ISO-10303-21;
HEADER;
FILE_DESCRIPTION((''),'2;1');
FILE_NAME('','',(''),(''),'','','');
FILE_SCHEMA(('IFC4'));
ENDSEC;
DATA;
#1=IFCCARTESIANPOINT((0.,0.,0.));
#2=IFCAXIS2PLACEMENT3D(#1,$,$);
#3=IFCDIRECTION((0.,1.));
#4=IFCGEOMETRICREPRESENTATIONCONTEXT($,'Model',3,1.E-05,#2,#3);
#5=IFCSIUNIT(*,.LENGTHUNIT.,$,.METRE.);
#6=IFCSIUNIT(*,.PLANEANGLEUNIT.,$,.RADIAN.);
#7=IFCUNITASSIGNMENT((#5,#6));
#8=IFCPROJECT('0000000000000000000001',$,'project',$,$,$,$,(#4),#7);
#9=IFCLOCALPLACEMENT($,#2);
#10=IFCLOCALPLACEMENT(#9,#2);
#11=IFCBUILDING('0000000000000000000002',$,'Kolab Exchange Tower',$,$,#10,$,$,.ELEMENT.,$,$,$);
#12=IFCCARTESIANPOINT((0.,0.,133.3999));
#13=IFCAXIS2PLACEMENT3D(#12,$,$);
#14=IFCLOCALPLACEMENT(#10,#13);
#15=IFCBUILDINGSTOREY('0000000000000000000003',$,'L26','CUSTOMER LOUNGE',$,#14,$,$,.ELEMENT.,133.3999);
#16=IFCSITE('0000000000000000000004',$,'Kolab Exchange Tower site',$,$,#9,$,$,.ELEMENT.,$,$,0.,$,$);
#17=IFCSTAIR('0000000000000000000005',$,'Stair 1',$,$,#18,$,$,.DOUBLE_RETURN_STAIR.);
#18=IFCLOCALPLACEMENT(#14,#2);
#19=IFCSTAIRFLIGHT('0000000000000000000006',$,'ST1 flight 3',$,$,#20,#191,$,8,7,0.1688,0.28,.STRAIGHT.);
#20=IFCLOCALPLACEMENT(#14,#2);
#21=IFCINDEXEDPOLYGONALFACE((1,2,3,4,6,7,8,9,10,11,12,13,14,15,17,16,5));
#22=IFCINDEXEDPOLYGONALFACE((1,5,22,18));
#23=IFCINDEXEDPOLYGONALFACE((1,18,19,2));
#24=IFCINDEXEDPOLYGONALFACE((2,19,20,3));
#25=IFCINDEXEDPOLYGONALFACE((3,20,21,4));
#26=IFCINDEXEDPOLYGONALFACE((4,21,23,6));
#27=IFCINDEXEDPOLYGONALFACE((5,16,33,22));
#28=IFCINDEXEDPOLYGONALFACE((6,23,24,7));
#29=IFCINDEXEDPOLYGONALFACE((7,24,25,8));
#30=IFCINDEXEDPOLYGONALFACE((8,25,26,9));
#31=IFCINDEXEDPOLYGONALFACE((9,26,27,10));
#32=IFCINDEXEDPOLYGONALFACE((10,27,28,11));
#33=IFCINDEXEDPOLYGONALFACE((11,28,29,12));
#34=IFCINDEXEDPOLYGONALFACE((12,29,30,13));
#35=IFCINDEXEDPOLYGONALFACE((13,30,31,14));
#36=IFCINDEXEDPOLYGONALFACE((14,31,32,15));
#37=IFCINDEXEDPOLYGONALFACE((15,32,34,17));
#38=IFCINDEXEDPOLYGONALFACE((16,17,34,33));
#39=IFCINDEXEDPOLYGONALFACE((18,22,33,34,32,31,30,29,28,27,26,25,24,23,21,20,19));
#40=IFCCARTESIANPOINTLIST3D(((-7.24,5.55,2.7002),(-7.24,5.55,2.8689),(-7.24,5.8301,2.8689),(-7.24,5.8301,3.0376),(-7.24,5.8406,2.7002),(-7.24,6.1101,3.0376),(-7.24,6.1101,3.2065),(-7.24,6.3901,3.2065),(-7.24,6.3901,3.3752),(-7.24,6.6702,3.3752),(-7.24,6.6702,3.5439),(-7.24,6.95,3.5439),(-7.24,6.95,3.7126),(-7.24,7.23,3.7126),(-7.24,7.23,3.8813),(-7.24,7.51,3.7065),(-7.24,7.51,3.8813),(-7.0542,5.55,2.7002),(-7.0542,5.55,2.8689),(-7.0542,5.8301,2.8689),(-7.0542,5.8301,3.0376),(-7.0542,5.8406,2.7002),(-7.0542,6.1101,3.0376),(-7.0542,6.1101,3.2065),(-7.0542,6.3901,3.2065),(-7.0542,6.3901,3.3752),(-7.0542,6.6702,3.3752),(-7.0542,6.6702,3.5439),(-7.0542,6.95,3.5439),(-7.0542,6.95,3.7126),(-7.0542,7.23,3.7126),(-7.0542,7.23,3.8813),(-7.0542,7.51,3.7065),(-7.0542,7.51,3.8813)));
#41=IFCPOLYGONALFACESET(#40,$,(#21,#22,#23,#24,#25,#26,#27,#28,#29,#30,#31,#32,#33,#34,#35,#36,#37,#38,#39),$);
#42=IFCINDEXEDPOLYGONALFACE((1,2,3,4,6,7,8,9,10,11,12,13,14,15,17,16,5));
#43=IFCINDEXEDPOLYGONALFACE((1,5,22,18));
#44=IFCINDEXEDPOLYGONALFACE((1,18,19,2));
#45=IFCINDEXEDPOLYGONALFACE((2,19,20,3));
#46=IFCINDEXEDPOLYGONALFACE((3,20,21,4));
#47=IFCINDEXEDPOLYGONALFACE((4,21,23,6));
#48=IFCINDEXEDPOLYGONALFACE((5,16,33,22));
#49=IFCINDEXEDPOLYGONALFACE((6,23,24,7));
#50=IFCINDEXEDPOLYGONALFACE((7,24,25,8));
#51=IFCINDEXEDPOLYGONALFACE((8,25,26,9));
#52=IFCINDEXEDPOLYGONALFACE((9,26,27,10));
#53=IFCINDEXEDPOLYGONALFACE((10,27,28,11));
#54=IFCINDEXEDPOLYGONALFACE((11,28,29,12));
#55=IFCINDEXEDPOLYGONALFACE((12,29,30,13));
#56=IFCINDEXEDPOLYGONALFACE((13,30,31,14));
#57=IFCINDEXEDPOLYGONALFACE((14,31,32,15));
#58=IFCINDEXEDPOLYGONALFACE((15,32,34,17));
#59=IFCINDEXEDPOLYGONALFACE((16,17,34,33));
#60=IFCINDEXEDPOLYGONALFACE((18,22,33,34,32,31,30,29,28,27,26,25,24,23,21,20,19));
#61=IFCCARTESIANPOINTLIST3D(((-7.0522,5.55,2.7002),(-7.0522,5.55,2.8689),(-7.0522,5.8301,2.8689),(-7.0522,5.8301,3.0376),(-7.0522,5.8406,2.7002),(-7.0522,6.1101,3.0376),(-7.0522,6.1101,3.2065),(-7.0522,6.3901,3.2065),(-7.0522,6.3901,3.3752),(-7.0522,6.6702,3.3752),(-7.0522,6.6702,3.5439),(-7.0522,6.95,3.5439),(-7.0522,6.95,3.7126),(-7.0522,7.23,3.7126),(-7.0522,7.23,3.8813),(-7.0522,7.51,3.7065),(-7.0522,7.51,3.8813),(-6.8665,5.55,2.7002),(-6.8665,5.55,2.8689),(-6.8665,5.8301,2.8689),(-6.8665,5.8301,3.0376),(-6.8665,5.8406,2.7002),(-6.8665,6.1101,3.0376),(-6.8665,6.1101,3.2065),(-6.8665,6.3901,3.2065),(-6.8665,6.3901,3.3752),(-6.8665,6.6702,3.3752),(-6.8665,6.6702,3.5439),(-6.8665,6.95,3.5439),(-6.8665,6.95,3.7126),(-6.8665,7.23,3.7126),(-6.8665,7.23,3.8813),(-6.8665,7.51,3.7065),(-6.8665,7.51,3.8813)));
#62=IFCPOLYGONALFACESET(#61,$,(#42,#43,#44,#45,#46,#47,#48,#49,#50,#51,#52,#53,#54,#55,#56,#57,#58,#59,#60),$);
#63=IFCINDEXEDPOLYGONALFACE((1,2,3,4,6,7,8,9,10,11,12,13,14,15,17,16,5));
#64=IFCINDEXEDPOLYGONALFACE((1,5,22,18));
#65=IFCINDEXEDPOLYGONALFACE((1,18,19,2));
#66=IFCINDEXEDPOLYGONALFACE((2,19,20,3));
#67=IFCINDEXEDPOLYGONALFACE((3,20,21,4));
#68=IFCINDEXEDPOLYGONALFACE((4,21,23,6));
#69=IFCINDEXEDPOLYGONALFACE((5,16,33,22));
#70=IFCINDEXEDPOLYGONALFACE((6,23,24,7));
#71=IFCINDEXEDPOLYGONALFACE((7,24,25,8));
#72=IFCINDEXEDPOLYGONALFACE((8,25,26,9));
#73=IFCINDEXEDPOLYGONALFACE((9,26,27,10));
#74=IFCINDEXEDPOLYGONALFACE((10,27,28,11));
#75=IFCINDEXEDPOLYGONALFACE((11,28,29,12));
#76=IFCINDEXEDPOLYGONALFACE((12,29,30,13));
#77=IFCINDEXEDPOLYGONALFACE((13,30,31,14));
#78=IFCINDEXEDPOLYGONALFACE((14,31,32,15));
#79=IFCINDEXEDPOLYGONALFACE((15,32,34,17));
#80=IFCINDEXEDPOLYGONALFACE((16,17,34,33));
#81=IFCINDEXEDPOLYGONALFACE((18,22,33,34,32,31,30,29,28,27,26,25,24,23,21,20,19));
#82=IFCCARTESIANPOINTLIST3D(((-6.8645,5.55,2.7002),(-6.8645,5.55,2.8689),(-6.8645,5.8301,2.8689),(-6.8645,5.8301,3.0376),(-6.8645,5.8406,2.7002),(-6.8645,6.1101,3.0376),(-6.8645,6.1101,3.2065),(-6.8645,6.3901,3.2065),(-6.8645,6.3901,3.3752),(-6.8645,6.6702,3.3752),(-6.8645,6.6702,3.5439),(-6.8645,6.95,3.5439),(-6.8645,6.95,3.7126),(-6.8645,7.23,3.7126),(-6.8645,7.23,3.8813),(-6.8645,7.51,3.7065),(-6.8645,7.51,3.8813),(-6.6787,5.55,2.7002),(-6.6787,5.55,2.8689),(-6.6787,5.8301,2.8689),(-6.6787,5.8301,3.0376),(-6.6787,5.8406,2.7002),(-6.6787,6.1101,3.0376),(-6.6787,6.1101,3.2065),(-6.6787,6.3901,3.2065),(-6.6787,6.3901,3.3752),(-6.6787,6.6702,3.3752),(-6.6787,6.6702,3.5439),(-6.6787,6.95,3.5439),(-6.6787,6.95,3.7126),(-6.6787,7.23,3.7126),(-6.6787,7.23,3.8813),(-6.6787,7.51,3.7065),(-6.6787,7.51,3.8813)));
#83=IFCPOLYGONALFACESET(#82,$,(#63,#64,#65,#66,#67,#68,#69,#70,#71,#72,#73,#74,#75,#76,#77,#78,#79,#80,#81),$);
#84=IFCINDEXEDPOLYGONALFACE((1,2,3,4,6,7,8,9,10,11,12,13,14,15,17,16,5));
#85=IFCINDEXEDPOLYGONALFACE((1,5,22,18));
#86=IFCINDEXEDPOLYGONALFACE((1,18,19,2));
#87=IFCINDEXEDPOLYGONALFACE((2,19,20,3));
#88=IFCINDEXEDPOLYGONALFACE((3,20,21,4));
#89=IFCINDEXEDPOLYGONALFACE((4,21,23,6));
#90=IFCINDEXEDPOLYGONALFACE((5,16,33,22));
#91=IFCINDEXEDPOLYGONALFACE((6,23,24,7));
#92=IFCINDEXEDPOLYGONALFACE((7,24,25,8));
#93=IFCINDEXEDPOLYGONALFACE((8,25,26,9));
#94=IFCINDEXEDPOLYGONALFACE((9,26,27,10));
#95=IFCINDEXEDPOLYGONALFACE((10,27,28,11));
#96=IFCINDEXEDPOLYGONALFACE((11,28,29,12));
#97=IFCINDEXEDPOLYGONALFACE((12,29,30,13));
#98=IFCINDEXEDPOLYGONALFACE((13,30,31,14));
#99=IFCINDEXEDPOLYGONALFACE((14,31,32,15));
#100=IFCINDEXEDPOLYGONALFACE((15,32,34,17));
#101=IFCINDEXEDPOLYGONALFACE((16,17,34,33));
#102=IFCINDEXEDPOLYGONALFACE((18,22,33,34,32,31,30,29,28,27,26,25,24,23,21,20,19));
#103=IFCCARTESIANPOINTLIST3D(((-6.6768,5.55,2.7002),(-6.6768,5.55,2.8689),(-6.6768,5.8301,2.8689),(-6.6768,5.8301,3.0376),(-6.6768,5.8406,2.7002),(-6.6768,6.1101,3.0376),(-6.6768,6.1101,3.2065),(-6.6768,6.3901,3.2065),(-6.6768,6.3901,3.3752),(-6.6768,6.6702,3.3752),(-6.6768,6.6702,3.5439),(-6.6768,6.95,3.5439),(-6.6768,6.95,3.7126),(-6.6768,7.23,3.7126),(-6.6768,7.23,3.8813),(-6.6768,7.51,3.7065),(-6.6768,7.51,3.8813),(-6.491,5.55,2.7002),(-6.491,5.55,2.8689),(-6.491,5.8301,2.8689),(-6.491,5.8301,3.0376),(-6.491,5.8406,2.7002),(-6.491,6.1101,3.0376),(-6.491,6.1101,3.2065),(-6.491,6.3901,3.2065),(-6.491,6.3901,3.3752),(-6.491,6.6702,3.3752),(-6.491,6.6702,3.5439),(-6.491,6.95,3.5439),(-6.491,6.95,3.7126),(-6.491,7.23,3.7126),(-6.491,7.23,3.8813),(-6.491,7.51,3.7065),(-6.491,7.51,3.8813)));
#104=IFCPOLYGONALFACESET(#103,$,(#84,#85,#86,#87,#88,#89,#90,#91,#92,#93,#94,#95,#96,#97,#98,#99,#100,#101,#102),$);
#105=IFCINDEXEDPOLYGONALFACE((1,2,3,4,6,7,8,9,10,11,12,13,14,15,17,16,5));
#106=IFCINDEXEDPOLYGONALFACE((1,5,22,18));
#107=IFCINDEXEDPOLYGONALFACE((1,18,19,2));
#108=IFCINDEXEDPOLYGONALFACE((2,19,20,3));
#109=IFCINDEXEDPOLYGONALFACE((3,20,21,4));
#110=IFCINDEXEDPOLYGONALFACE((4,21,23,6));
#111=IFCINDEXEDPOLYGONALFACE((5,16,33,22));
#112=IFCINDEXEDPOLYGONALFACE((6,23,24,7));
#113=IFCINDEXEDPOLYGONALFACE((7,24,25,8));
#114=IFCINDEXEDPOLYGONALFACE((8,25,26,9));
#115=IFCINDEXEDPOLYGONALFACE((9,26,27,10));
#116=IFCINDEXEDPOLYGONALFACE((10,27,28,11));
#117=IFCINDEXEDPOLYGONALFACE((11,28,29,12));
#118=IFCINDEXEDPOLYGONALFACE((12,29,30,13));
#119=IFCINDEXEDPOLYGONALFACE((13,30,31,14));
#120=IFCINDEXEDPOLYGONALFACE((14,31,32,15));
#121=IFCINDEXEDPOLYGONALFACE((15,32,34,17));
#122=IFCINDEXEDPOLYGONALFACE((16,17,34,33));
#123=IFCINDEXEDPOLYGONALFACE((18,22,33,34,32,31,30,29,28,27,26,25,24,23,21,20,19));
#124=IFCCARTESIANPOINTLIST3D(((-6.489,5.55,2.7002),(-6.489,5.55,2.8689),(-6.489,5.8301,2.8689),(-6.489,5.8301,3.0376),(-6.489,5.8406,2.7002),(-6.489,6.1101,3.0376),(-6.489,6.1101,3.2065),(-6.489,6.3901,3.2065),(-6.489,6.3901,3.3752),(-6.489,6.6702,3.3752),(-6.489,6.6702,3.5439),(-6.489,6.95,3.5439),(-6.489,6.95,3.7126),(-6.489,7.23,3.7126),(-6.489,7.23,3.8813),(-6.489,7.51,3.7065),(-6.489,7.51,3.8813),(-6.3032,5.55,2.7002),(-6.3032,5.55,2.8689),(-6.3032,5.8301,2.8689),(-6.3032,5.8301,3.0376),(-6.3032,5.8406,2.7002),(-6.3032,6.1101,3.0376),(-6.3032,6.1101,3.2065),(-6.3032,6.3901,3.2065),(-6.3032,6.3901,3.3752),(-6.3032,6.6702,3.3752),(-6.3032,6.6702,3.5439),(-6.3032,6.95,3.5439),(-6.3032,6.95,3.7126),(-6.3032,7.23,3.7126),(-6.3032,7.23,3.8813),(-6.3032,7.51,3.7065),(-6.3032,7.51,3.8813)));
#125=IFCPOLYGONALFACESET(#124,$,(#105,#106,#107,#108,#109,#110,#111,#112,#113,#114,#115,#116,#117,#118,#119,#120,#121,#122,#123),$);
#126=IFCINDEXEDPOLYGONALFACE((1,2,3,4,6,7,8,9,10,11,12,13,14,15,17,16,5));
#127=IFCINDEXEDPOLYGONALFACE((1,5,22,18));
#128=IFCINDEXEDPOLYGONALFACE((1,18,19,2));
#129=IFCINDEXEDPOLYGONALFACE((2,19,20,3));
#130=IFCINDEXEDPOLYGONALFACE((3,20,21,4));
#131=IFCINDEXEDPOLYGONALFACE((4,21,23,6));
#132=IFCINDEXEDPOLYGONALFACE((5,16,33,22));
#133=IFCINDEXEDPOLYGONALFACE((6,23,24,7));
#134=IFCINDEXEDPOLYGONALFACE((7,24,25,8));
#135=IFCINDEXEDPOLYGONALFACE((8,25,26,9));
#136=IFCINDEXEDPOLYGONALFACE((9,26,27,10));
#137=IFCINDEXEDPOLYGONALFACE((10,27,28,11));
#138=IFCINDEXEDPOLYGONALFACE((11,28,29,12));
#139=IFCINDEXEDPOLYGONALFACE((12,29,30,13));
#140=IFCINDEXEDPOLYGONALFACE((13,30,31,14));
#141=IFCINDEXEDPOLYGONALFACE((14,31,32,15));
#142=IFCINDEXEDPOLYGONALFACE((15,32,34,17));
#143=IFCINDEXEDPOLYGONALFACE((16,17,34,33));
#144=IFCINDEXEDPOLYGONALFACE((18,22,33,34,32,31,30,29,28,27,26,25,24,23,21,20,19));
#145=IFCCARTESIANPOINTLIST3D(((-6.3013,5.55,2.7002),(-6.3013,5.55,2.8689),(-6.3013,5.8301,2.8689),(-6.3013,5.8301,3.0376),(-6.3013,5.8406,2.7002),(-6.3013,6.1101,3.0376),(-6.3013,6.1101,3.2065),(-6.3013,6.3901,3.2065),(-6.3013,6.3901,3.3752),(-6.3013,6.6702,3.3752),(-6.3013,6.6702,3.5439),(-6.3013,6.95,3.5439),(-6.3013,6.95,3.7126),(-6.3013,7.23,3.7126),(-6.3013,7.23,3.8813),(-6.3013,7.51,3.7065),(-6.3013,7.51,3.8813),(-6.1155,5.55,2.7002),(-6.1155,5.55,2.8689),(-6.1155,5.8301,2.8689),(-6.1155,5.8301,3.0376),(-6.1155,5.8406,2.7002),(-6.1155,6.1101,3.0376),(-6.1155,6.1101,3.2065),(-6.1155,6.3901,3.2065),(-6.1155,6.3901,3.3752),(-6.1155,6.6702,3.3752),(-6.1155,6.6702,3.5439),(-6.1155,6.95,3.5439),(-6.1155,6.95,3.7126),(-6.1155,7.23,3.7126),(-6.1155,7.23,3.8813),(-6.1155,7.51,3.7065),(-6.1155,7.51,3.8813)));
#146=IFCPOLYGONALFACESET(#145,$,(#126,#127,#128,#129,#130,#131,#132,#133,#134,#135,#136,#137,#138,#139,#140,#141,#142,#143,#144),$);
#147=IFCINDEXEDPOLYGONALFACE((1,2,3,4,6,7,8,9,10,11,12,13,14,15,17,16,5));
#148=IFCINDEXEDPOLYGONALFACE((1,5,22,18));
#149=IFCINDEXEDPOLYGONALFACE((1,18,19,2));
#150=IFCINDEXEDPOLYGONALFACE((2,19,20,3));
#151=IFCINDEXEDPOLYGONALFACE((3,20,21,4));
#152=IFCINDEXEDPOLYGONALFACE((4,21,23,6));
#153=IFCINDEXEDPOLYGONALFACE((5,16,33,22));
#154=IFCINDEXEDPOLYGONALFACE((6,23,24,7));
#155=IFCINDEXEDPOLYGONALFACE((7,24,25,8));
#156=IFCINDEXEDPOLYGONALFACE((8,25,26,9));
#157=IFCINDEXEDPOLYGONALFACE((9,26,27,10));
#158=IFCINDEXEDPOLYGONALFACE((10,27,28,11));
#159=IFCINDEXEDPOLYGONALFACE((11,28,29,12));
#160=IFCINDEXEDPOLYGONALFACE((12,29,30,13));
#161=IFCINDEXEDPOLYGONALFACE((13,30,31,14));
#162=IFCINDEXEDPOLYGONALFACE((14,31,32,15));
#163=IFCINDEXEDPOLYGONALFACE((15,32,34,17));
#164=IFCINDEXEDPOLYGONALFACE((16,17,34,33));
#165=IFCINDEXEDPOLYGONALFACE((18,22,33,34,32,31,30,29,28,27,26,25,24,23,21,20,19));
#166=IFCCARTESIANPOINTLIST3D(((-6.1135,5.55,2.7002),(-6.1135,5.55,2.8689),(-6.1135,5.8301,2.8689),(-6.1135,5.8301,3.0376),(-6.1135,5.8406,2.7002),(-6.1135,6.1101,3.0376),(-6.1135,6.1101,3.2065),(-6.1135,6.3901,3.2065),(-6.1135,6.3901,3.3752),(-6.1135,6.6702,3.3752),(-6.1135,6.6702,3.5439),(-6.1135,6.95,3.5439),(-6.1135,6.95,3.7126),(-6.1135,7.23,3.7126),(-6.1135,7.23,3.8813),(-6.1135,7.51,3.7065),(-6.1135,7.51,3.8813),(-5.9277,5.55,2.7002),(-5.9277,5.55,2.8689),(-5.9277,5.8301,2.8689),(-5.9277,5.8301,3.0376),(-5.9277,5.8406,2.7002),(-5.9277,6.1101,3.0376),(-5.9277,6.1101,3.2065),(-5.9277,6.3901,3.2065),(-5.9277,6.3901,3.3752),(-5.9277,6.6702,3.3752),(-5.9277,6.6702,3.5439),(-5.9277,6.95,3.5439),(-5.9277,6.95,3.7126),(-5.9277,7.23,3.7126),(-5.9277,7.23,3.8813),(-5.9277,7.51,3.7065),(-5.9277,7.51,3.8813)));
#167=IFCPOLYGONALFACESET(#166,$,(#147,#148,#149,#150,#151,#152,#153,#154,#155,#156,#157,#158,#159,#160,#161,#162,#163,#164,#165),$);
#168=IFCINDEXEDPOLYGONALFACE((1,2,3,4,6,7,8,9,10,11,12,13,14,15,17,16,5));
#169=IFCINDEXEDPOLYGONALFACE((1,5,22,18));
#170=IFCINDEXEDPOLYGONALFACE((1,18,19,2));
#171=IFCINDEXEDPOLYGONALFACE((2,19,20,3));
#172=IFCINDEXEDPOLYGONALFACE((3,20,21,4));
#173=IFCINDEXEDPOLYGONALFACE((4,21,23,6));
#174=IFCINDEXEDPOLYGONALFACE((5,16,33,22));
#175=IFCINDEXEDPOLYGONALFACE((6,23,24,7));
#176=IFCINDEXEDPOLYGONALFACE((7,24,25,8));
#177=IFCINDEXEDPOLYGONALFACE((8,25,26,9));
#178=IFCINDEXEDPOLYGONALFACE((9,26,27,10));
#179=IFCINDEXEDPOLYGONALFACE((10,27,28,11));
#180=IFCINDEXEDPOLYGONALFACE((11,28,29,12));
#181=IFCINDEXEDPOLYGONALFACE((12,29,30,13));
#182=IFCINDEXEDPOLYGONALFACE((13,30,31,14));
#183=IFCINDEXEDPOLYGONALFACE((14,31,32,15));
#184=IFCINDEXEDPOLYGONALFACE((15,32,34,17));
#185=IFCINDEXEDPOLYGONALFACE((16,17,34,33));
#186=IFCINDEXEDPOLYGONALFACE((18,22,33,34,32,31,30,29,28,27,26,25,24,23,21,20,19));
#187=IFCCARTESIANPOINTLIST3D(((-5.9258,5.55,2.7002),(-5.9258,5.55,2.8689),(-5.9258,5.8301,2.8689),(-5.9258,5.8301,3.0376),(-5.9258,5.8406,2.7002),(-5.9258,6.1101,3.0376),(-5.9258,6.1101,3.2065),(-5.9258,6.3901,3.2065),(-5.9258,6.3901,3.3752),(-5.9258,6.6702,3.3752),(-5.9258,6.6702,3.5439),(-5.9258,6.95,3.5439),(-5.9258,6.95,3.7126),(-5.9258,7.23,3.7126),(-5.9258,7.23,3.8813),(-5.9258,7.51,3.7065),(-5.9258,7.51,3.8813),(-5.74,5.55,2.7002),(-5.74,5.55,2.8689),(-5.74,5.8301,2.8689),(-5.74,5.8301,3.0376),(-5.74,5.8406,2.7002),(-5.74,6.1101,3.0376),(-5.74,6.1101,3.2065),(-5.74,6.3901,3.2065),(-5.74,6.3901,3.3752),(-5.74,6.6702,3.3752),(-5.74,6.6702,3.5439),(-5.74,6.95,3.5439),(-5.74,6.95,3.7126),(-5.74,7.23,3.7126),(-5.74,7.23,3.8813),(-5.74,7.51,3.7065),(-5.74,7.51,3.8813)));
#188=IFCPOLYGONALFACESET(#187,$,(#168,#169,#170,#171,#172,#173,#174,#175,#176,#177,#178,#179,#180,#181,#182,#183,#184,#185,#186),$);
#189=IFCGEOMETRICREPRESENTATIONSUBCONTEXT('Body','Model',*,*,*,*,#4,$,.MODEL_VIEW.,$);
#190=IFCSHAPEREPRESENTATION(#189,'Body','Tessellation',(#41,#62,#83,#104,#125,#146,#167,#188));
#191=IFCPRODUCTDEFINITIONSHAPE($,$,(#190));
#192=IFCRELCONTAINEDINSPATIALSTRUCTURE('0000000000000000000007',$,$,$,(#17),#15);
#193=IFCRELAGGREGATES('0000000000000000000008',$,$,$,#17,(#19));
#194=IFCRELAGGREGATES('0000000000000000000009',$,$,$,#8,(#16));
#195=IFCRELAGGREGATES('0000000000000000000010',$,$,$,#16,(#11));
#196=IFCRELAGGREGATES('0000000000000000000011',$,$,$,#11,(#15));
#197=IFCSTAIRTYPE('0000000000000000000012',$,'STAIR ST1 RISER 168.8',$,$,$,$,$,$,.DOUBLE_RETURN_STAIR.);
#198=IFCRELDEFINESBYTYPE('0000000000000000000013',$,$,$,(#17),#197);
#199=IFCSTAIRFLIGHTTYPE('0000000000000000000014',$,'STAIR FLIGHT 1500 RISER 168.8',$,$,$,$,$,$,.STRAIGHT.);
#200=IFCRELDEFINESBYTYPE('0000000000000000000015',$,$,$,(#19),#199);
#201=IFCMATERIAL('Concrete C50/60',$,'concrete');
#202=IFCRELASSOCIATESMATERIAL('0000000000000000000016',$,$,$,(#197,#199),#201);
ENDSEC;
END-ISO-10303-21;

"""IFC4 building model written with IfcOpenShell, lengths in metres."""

from ifc_helpers import new_model, si_unit, direction, frame, origin, place, context, subcontext, project, spatial, polyline, outline, extrude, material, type_object, element, aggregate, save


model = new_model("IFC4")

# Units and contexts
model_context = context("Model", 3, precision=1e-05, world=origin(), true_north=direction((0.0, 1.0)))
body_context = subcontext(model_context, "Body", "Model", "MODEL_VIEW")
ifc_project = project(units=[si_unit("LENGTHUNIT", "METRE"), si_unit("PLANEANGLEUNIT", "RADIAN")], contexts=[model_context])

# Site, building, storey
site_placement = place(None, origin())
site = spatial("IfcSite", under=ifc_project, at=site_placement, Name="Kolab Exchange Tower site", CompositionType="ELEMENT", RefElevation=0.0)
building_placement = place(site_placement, origin())
building = spatial("IfcBuilding", under=site, at=building_placement, Name="Kolab Exchange Tower", CompositionType="ELEMENT")
storey_placement = place(building_placement, frame((0.0, 0.0, 133.3999)))
storey = spatial("IfcBuildingStorey", under=building, at=storey_placement, Name="L26", Description="CUSTOMER LOUNGE", CompositionType="ELEMENT", Elevation=133.3999)

# Shared definitions
ifc_material_1 = material(Name="Concrete C50/60", Category="concrete")

# Stair, stair flight
stair_type = type_object("IfcStairType", Name="STAIR ST1 RISER 168.8", PredefinedType="DOUBLE_RETURN_STAIR", material=ifc_material_1)
stair_placement = place(storey_placement, origin())
stair = element("IfcStair", 1, at=stair_placement, inside=storey, type_object=stair_type, Name="Stair 1", PredefinedType="DOUBLE_RETURN_STAIR")
stair_flight_type = type_object("IfcStairFlightType", Name="STAIR FLIGHT 1500 RISER 168.8", PredefinedType="STRAIGHT", material=ifc_material_1)
stair_flight_1_placement = place(storey_placement, frame((-6.49, 5.55, 2.7002), z_axis=(0.0, 0.0, 1.0), x_axis=(0.0, 1.0, 0.0)))
stair_flight_1 = element("IfcStairFlight", 2, at=stair_flight_1_placement, type_object=stair_flight_type, Name="ST1 flight 3", NumberOfRisers=8, NumberOfTreads=7, PredefinedType="STRAIGHT", RiserHeight=0.1688, TreadLength=0.28, context=body_context, shape_type="SweptSolid", body=[
    extrude(outline(polyline([(0.0, 0.0), (0.0, 0.1687), (0.28, 0.1687), (0.28, 0.3374), (0.5601, 0.3374), (0.5601, 0.5063), (0.8401, 0.5063), (0.8401, 0.675), (1.1201, 0.675), (1.1201, 0.8438), (1.3999, 0.8438), (1.3999, 1.0125), (1.6799, 1.0125), (1.6799, 1.1812), (1.96, 1.1812), (1.96, 1.3501), (1.96, 1.0063), (0.2905, 0.0), (0.0, 0.0)])), frame((0.0, 0.75, 0.0), z_axis=(0.0, -1.0, 0.0), x_axis=(1.0, 0.0, 0.0)), (0.0, 0.0, 1.0), 0.1858),
    extrude(outline(polyline([(0.0, 0.0), (0.0, 0.1687), (0.28, 0.1687), (0.28, 0.3374), (0.5601, 0.3374), (0.5601, 0.5063), (0.8401, 0.5063), (0.8401, 0.675), (1.1201, 0.675), (1.1201, 0.8438), (1.3999, 0.8438), (1.3999, 1.0125), (1.6799, 1.0125), (1.6799, 1.1812), (1.96, 1.1812), (1.96, 1.3501), (1.96, 1.0063), (0.2905, 0.0), (0.0, 0.0)])), frame((0.0, 0.5623, 0.0), z_axis=(0.0, -1.0, 0.0), x_axis=(1.0, 0.0, 0.0)), (0.0, 0.0, 1.0), 0.1858),
    extrude(outline(polyline([(0.0, 0.0), (0.0, 0.1687), (0.28, 0.1687), (0.28, 0.3374), (0.5601, 0.3374), (0.5601, 0.5063), (0.8401, 0.5063), (0.8401, 0.675), (1.1201, 0.675), (1.1201, 0.8438), (1.3999, 0.8438), (1.3999, 1.0125), (1.6799, 1.0125), (1.6799, 1.1812), (1.96, 1.1812), (1.96, 1.3501), (1.96, 1.0063), (0.2905, 0.0), (0.0, 0.0)])), frame((0.0, 0.3745, 0.0), z_axis=(0.0, -1.0, 0.0), x_axis=(1.0, 0.0, 0.0)), (0.0, 0.0, 1.0), 0.1858),
    extrude(outline(polyline([(0.0, 0.0), (0.0, 0.1687), (0.28, 0.1687), (0.28, 0.3374), (0.5601, 0.3374), (0.5601, 0.5063), (0.8401, 0.5063), (0.8401, 0.675), (1.1201, 0.675), (1.1201, 0.8438), (1.3999, 0.8438), (1.3999, 1.0125), (1.6799, 1.0125), (1.6799, 1.1812), (1.96, 1.1812), (1.96, 1.3501), (1.96, 1.0063), (0.2905, 0.0), (0.0, 0.0)])), frame((0.0, 0.1868, 0.0), z_axis=(0.0, -1.0, 0.0), x_axis=(1.0, 0.0, 0.0)), (0.0, 0.0, 1.0), 0.1858),
    extrude(outline(polyline([(0.0, 0.0), (0.0, 0.1687), (0.28, 0.1687), (0.28, 0.3374), (0.5601, 0.3374), (0.5601, 0.5063), (0.8401, 0.5063), (0.8401, 0.675), (1.1201, 0.675), (1.1201, 0.8438), (1.3999, 0.8438), (1.3999, 1.0125), (1.6799, 1.0125), (1.6799, 1.1812), (1.96, 1.1812), (1.96, 1.3501), (1.96, 1.0063), (0.2905, 0.0), (0.0, 0.0)])), frame((0.0, -0.001, 0.0), z_axis=(0.0, -1.0, 0.0), x_axis=(1.0, 0.0, 0.0)), (0.0, 0.0, 1.0), 0.1858),
    extrude(outline(polyline([(0.0, 0.0), (0.0, 0.1687), (0.28, 0.1687), (0.28, 0.3374), (0.5601, 0.3374), (0.5601, 0.5063), (0.8401, 0.5063), (0.8401, 0.675), (1.1201, 0.675), (1.1201, 0.8438), (1.3999, 0.8438), (1.3999, 1.0125), (1.6799, 1.0125), (1.6799, 1.1812), (1.96, 1.1812), (1.96, 1.3501), (1.96, 1.0063), (0.2905, 0.0), (0.0, 0.0)])), frame((0.0, -0.1887, 0.0), z_axis=(0.0, -1.0, 0.0), x_axis=(1.0, 0.0, 0.0)), (0.0, 0.0, 1.0), 0.1858),
    extrude(outline(polyline([(0.0, 0.0), (0.0, 0.1687), (0.28, 0.1687), (0.28, 0.3374), (0.5601, 0.3374), (0.5601, 0.5063), (0.8401, 0.5063), (0.8401, 0.675), (1.1201, 0.675), (1.1201, 0.8438), (1.3999, 0.8438), (1.3999, 1.0125), (1.6799, 1.0125), (1.6799, 1.1812), (1.96, 1.1812), (1.96, 1.3501), (1.96, 1.0063), (0.2905, 0.0), (0.0, 0.0)])), frame((0.0, -0.3765, 0.0), z_axis=(0.0, -1.0, 0.0), x_axis=(1.0, 0.0, 0.0)), (0.0, 0.0, 1.0), 0.1858),
    extrude(outline(polyline([(0.0, 0.0), (0.0, 0.1687), (0.28, 0.1687), (0.28, 0.3374), (0.5601, 0.3374), (0.5601, 0.5063), (0.8401, 0.5063), (0.8401, 0.675), (1.1201, 0.675), (1.1201, 0.8438), (1.3999, 0.8438), (1.3999, 1.0125), (1.6799, 1.0125), (1.6799, 1.1812), (1.96, 1.1812), (1.96, 1.3501), (1.96, 1.0063), (0.2905, 0.0), (0.0, 0.0)])), frame((0.0, -0.5642, 0.0), z_axis=(0.0, -1.0, 0.0), x_axis=(1.0, 0.0, 0.0)), (0.0, 0.0, 1.0), 0.1858),
])
aggregate(stair, [stair_flight_1])

save(model, "model.ifc")
